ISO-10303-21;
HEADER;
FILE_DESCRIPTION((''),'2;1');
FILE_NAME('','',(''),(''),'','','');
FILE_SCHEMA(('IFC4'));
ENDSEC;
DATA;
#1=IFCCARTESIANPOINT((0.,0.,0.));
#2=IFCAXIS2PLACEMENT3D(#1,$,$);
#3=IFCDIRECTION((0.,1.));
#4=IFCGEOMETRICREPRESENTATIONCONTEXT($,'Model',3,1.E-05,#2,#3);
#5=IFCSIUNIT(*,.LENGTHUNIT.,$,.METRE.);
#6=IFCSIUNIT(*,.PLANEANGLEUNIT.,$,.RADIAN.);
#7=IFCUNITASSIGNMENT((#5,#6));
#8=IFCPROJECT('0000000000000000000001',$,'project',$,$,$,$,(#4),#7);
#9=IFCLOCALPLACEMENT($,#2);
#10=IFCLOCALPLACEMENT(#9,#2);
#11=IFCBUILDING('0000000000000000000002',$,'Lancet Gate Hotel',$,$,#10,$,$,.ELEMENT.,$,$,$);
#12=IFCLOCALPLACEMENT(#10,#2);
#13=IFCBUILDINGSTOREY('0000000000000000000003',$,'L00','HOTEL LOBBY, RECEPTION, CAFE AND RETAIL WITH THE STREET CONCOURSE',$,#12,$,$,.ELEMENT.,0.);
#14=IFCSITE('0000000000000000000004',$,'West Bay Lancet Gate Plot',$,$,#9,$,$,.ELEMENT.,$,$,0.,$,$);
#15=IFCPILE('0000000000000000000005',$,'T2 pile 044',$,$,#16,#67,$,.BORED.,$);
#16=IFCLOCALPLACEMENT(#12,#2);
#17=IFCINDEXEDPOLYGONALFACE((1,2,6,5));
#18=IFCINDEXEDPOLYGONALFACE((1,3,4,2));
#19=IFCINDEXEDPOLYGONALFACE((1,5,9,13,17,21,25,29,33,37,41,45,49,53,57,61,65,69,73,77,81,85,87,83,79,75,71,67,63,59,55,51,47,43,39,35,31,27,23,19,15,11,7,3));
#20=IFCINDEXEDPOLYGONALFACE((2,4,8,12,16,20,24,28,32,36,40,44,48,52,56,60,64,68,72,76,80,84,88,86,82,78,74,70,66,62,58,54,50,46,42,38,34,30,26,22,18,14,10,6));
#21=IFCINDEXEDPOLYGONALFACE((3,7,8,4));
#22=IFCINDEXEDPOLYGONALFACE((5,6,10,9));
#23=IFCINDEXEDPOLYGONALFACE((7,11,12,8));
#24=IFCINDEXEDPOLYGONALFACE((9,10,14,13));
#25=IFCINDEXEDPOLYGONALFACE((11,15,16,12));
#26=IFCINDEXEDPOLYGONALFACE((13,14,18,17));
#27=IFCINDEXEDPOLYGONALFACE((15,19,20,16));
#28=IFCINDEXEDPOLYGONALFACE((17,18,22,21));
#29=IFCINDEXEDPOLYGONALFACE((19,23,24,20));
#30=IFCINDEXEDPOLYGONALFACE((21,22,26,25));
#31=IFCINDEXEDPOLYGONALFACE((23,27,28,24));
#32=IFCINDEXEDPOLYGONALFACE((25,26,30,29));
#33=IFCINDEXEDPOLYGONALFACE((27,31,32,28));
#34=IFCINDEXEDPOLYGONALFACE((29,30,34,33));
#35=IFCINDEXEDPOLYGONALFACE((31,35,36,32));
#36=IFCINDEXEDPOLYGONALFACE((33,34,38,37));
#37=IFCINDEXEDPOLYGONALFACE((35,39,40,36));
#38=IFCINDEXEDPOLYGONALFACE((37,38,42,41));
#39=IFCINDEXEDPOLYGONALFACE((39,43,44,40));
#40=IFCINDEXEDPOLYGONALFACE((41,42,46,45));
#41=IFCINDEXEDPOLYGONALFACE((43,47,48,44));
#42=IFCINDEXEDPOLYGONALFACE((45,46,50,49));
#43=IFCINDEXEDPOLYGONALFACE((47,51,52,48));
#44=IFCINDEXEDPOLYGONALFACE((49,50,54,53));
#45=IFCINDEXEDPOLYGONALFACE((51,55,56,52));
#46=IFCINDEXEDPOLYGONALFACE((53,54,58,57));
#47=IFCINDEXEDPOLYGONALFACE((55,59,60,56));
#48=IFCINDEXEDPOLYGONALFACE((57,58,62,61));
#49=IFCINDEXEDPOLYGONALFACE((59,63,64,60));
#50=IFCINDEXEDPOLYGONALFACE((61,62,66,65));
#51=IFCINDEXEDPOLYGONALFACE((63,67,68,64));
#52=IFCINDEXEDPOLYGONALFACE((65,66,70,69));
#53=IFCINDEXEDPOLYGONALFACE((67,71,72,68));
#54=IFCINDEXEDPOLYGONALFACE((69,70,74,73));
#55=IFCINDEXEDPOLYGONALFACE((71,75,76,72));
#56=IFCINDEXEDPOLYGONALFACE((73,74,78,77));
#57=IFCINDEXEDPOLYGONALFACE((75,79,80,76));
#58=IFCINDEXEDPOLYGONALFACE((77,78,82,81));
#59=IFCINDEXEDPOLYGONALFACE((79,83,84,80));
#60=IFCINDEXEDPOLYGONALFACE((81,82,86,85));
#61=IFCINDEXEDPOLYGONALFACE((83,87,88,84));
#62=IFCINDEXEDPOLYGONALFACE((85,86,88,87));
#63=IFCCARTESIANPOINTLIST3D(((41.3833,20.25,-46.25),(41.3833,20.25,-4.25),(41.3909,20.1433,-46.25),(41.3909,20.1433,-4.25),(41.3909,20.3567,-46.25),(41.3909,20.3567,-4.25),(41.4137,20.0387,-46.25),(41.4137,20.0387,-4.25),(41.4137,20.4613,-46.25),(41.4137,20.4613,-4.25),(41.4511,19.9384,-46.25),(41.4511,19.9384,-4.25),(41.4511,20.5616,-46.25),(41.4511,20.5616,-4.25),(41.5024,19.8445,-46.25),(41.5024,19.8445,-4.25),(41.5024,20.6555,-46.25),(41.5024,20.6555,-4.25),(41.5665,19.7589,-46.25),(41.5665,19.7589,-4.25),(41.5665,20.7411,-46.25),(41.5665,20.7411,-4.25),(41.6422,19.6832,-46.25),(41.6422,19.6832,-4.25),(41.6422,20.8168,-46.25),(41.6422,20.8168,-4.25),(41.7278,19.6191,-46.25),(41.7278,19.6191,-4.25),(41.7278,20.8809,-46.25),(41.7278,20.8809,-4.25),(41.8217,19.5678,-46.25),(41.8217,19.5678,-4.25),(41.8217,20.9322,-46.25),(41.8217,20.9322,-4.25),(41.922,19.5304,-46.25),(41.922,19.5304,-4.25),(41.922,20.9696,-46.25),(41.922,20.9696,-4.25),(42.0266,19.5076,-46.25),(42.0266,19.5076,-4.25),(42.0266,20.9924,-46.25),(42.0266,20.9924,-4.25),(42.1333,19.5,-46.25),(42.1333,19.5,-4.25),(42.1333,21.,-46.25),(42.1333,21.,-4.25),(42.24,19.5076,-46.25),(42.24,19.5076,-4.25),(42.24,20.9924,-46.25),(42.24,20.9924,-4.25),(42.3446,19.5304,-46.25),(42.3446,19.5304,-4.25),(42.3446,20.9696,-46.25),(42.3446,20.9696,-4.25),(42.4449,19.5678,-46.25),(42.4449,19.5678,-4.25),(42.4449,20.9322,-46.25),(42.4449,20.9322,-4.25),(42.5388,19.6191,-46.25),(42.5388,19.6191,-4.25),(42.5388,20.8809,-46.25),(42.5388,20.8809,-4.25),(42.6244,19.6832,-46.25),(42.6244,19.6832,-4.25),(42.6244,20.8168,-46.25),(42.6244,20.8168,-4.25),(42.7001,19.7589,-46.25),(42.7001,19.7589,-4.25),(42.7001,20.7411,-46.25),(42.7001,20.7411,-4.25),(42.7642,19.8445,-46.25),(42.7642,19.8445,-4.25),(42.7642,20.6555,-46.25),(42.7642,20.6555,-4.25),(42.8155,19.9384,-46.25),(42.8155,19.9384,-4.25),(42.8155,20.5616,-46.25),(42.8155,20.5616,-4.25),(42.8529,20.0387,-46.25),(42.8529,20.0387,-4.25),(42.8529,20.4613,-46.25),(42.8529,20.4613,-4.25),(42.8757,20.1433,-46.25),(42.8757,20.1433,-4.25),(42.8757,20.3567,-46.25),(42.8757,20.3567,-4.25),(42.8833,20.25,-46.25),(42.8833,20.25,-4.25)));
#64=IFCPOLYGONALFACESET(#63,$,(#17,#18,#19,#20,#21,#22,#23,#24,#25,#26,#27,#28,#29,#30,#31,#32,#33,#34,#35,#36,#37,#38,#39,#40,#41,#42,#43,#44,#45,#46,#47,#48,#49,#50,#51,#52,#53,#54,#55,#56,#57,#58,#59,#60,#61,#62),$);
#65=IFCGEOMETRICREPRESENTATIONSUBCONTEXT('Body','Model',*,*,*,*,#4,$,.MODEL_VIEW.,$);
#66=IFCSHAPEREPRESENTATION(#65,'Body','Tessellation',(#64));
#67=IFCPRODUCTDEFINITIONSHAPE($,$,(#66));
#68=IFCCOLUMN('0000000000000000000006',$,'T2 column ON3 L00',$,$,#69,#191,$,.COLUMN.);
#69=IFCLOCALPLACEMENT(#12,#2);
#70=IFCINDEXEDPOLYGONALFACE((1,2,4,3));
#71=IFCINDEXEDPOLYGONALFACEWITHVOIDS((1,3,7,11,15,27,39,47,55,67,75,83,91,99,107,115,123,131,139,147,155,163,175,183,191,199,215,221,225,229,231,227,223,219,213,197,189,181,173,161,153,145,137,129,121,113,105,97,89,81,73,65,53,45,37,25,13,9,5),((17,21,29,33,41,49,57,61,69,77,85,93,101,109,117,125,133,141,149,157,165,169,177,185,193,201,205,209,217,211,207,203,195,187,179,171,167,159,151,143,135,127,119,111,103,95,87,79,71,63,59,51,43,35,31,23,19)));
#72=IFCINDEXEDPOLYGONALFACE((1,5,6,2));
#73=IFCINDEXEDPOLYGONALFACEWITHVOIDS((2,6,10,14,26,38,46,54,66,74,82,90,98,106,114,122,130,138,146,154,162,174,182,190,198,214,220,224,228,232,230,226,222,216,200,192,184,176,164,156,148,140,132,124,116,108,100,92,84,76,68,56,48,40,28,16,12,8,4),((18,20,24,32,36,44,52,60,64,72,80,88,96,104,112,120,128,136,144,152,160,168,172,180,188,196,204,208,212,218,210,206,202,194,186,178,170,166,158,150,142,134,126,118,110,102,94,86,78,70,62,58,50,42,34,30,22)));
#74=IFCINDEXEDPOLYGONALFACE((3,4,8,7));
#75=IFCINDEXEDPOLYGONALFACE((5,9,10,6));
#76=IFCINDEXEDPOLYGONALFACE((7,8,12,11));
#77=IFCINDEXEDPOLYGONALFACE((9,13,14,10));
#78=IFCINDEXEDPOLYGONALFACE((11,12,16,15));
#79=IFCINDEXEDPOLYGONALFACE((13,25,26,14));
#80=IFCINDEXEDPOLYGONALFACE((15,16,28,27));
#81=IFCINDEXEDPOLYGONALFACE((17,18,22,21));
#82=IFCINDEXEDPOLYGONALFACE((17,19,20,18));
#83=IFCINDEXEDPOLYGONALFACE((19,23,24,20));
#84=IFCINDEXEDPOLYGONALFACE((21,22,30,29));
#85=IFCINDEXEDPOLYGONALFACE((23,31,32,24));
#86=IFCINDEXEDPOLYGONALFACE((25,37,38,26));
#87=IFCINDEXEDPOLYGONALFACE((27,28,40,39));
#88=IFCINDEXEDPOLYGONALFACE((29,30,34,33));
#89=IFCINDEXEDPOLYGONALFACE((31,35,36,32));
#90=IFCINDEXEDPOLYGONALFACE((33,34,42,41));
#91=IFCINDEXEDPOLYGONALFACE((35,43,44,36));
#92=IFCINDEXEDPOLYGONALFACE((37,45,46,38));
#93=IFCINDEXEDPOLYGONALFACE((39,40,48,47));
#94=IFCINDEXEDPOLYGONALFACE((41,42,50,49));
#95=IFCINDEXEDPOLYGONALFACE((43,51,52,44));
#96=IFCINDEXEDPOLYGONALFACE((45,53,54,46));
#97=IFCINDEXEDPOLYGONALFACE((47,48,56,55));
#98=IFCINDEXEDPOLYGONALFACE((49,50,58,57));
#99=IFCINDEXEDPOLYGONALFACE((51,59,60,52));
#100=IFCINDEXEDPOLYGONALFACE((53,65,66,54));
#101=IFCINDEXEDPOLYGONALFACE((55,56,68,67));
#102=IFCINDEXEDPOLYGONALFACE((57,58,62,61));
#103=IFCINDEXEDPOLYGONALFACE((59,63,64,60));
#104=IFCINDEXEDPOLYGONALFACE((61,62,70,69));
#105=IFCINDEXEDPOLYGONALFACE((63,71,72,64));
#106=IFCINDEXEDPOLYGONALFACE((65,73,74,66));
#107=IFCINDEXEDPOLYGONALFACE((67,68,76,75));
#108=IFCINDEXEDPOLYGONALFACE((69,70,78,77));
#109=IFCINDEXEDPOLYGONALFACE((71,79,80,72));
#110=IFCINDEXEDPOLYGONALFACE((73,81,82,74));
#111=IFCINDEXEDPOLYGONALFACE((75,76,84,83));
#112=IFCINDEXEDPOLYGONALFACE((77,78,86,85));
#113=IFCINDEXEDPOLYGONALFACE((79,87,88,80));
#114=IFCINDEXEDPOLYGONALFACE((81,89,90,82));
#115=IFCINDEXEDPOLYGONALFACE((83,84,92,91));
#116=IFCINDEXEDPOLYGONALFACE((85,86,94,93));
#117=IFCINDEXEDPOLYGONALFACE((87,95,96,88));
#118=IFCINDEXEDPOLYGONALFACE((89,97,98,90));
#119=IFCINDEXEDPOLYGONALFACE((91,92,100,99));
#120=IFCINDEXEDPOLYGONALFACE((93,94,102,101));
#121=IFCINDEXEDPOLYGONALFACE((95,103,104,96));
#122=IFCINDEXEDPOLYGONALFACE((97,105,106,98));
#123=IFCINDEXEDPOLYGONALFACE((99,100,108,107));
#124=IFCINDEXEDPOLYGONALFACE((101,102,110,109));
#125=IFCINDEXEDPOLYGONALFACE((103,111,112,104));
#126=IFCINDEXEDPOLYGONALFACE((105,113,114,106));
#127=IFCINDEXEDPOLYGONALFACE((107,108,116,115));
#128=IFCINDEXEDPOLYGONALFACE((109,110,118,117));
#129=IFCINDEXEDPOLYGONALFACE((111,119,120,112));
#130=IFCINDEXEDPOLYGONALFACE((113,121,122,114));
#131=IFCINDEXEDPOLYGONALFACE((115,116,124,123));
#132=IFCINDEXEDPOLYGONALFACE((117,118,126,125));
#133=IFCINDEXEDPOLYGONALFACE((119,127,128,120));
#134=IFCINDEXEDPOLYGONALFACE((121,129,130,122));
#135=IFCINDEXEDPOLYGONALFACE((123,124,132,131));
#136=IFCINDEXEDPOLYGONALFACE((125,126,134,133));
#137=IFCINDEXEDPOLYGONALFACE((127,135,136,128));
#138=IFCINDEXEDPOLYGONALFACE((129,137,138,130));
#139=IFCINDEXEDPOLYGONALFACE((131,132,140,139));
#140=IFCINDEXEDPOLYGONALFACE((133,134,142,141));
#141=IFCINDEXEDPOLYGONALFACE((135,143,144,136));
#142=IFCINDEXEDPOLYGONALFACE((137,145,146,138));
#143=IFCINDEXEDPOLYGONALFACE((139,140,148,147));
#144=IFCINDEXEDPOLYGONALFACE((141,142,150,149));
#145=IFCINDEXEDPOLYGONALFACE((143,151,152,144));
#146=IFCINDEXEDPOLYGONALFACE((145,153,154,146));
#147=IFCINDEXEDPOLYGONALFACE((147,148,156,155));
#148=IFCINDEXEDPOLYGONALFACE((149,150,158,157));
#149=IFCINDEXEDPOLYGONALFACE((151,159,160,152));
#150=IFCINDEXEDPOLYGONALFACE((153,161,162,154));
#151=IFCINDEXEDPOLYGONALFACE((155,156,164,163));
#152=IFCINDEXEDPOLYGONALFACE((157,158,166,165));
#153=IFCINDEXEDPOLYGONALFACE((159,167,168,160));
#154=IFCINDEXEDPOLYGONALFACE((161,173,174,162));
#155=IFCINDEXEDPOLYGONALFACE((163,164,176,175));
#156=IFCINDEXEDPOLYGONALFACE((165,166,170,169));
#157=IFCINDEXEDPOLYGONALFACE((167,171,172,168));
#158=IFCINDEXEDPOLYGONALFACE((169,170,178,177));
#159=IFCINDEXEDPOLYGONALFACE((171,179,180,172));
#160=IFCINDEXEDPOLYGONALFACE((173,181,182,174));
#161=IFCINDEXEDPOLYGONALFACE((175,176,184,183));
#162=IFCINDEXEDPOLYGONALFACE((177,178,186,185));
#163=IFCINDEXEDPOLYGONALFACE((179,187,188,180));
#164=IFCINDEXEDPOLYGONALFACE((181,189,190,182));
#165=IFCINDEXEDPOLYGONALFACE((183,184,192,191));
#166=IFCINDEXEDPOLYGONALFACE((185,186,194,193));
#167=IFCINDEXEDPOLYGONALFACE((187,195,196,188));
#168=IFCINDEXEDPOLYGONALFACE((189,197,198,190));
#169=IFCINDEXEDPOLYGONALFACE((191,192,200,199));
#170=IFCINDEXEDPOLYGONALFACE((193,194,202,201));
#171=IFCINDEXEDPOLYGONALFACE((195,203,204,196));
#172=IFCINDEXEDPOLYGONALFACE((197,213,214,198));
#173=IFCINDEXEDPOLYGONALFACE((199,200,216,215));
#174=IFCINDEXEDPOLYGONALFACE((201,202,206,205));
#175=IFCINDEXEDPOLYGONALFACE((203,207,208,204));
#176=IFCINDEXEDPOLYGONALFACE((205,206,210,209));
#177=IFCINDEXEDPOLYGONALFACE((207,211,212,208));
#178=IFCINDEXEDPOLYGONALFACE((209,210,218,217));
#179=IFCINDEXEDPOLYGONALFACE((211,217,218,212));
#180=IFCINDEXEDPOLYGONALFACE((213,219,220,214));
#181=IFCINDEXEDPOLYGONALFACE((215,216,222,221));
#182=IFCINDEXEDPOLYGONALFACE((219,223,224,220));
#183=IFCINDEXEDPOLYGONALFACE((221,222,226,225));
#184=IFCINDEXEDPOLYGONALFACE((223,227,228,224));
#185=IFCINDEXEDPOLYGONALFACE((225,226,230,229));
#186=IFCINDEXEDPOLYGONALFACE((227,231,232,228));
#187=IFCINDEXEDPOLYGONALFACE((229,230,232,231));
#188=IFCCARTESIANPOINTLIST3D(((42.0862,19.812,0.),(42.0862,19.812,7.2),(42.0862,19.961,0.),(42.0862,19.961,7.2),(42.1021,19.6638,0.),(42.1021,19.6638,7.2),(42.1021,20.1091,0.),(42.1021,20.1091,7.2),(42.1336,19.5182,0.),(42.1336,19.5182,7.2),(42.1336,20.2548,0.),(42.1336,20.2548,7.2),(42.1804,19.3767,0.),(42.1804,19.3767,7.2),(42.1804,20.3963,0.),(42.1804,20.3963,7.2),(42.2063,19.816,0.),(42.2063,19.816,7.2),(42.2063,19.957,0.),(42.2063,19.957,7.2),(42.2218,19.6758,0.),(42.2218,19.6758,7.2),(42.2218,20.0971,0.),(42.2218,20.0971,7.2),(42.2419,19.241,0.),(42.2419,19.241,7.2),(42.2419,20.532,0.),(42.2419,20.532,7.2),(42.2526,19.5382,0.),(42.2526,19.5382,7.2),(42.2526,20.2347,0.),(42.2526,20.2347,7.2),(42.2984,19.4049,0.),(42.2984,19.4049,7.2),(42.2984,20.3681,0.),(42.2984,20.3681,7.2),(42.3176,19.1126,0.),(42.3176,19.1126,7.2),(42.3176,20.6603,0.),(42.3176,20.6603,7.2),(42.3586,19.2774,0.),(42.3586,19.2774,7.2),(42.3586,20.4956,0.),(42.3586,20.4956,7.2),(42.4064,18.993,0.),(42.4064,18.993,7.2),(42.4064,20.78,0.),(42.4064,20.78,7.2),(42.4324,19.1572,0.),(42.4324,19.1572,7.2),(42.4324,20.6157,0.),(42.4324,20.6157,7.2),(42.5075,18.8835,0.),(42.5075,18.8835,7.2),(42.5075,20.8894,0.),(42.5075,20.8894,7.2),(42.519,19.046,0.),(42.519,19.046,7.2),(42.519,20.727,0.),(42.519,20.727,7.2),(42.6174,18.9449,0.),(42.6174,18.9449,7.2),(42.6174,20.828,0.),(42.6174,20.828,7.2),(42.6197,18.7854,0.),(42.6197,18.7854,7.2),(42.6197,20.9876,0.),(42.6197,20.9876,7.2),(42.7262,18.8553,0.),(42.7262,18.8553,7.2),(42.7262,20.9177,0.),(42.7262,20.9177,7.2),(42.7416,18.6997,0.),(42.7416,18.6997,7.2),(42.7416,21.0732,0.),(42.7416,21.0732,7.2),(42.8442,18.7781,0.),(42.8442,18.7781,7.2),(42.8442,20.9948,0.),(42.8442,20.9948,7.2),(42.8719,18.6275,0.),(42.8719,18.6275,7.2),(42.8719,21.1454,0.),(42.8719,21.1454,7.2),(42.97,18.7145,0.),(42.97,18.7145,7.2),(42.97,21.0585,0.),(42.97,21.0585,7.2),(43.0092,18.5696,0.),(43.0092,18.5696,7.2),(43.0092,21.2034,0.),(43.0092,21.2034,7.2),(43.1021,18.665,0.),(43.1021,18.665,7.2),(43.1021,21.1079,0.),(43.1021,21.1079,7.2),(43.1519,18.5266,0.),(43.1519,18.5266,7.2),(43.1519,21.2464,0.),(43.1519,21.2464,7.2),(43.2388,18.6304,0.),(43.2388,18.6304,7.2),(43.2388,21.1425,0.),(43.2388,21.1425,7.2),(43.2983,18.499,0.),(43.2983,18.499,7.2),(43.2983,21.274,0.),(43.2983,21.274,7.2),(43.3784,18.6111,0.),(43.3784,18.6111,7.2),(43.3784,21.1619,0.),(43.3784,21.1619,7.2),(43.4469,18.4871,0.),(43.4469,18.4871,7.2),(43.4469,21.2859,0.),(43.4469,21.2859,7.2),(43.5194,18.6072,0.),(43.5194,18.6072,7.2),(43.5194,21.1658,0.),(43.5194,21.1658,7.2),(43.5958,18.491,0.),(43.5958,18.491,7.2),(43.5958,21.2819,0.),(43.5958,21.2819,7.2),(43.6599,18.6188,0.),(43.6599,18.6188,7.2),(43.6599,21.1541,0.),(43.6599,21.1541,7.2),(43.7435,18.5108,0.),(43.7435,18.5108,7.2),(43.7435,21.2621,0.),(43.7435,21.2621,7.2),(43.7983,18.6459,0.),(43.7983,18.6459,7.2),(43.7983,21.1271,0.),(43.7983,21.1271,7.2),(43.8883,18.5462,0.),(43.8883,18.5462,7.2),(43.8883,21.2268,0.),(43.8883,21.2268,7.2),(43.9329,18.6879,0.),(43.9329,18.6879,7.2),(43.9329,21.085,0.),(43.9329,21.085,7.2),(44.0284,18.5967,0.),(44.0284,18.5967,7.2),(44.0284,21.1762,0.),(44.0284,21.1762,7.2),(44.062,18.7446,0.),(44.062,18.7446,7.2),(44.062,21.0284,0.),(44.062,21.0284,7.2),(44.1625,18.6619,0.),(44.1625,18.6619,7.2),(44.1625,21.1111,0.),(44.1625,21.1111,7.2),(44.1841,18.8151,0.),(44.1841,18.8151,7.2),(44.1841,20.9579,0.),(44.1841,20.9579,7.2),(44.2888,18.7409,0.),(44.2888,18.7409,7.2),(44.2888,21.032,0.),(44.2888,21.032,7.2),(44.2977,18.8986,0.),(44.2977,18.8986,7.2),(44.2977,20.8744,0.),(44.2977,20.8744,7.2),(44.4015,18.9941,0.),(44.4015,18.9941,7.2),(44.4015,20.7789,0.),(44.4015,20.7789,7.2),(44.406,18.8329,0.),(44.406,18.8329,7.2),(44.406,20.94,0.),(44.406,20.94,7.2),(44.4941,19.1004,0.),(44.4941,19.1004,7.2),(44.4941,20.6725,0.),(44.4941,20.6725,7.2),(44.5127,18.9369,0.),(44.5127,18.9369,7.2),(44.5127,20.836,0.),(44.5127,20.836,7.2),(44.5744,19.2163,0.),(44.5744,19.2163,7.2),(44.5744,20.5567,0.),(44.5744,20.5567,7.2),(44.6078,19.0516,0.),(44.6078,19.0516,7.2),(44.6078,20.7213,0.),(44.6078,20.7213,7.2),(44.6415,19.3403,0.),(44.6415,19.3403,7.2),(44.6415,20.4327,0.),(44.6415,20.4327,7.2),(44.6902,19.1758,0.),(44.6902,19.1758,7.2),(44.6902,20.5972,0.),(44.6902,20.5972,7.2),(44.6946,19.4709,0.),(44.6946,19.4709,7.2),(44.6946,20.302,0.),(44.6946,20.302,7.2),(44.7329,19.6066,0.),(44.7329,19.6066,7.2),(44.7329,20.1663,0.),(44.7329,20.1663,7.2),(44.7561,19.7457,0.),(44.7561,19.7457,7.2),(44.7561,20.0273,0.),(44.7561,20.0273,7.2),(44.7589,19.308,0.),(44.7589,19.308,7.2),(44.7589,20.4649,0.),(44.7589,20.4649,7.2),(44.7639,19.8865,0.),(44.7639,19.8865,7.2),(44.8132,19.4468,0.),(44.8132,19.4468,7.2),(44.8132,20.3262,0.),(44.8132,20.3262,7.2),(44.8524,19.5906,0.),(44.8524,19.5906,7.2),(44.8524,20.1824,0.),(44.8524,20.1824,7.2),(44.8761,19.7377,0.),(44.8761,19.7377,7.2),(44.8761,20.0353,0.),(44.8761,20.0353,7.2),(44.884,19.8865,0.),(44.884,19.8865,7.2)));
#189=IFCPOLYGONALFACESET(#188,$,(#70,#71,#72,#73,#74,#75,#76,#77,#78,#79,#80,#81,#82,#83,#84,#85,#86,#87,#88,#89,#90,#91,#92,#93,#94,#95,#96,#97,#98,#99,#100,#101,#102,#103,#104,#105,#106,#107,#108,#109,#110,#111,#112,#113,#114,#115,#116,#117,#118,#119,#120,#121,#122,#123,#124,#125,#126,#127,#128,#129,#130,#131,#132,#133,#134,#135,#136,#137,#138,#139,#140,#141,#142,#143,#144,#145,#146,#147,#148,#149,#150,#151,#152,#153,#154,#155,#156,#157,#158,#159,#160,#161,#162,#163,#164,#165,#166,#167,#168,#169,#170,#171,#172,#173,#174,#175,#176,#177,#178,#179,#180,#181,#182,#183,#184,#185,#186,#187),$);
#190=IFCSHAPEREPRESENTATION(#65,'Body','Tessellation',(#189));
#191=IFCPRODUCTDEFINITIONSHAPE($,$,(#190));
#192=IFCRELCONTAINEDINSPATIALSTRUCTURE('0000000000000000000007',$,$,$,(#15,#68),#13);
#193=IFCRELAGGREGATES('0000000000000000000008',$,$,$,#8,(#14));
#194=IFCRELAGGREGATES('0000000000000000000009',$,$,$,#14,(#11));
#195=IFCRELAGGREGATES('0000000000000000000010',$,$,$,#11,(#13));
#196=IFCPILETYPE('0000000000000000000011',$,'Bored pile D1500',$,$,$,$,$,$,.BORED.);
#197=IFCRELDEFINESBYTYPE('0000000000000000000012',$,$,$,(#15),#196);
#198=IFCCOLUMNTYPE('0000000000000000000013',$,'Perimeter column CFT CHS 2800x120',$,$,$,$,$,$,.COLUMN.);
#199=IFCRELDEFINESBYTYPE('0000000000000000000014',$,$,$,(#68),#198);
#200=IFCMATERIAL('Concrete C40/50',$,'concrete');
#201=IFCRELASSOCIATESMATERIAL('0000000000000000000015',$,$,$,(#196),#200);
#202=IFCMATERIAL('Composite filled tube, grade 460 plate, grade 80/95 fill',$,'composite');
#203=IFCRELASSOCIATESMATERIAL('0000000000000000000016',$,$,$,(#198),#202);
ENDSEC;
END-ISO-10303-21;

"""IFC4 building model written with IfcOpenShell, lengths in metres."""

from ifc_helpers import new_model, si_unit, direction, frame, origin, origin_2d, place, context, subcontext, project, spatial, circle, hollow_circle, extrude, material, material_profile, profile_set, type_object, element, save


model = new_model("IFC4")

# Units and contexts
model_context = context("Model", 3, precision=1e-05, world=origin(), true_north=direction((0.0, 1.0)))
body_context = subcontext(model_context, "Body", "Model", "MODEL_VIEW")
ifc_project = project(units=[si_unit("LENGTHUNIT", "METRE"), si_unit("PLANEANGLEUNIT", "RADIAN")], contexts=[model_context])

# Site, building, storey
site_placement = place(None, origin())
site = spatial("IfcSite", under=ifc_project, at=site_placement, Name="West Bay Lancet Gate Plot", CompositionType="ELEMENT", RefElevation=0.0)
building_placement = place(site_placement, origin())
building = spatial("IfcBuilding", under=site, at=building_placement, Name="Lancet Gate Hotel", CompositionType="ELEMENT")
storey_placement = place(building_placement, origin())
storey = spatial("IfcBuildingStorey", under=building, at=storey_placement, Name="L00", Description="HOTEL LOBBY, RECEPTION, CAFE AND RETAIL WITH THE STREET CONCOURSE", CompositionType="ELEMENT", Elevation=0.0)

# Pile
ifc_material_1 = material(Name="Concrete C40/50", Category="concrete")
ifc_material_profile_1 = material_profile(ifc_material_1, circle(Radius=0.75, at=origin_2d()), Name="PILE D1500")
ifc_profile_set_1 = profile_set([ifc_material_profile_1], Name="Concrete C40/50")
pile_type = type_object("IfcPileType", Name="Bored pile D1500", PredefinedType="BORED", material=ifc_profile_set_1)
for number, where, z_axis, x_axis, name in (
    (1, (42.1333, 20.25, -4.25), (0.0, 0.0, -1.0), (1.0, 0.0, 0.0), "T2 pile 044"),
):
    element("IfcPile", number, at=place(storey_placement, frame(where, z_axis=z_axis, x_axis=x_axis)), inside=storey, type_object=pile_type, Name=name, PredefinedType="BORED", context=body_context, shape_type="SweptSolid", body=[
        extrude(circle(Radius=0.75, at=origin_2d()), origin(), (0.0, 0.0, 1.0), 42.0),
    ])

# Column
ifc_material_2 = material(Name="Composite filled tube, grade 460 plate, grade 80/95 fill", Category="composite")
ifc_material_profile_2 = material_profile(ifc_material_2, hollow_circle(Radius=1.3999, WallThickness=0.1201, at=origin_2d()), Name="CHS 2800x120")
ifc_profile_set_2 = profile_set([ifc_material_profile_2], Name="Composite filled tube, grade 460 plate, grade 80/95 fill")
column_type = type_object("IfcColumnType", Name="Perimeter column CFT CHS 2800x120", PredefinedType="COLUMN", material=ifc_profile_set_2)
column_placement = place(storey_placement, frame((43.4841, 19.8865, 0.0), z_axis=(0.0, 0.0, 1.0), x_axis=(1.0, 0.0, 0.0)))
element("IfcColumn", 2, at=column_placement, inside=storey, type_object=column_type, Name="T2 column ON3 L00", PredefinedType="COLUMN", context=body_context, shape_type="SweptSolid", body=[
    extrude(hollow_circle(Radius=1.3999, WallThickness=0.1201, at=origin_2d()), origin(), (0.0, 0.0, 1.0), 7.2),
])

save(model, "model.ifc")
